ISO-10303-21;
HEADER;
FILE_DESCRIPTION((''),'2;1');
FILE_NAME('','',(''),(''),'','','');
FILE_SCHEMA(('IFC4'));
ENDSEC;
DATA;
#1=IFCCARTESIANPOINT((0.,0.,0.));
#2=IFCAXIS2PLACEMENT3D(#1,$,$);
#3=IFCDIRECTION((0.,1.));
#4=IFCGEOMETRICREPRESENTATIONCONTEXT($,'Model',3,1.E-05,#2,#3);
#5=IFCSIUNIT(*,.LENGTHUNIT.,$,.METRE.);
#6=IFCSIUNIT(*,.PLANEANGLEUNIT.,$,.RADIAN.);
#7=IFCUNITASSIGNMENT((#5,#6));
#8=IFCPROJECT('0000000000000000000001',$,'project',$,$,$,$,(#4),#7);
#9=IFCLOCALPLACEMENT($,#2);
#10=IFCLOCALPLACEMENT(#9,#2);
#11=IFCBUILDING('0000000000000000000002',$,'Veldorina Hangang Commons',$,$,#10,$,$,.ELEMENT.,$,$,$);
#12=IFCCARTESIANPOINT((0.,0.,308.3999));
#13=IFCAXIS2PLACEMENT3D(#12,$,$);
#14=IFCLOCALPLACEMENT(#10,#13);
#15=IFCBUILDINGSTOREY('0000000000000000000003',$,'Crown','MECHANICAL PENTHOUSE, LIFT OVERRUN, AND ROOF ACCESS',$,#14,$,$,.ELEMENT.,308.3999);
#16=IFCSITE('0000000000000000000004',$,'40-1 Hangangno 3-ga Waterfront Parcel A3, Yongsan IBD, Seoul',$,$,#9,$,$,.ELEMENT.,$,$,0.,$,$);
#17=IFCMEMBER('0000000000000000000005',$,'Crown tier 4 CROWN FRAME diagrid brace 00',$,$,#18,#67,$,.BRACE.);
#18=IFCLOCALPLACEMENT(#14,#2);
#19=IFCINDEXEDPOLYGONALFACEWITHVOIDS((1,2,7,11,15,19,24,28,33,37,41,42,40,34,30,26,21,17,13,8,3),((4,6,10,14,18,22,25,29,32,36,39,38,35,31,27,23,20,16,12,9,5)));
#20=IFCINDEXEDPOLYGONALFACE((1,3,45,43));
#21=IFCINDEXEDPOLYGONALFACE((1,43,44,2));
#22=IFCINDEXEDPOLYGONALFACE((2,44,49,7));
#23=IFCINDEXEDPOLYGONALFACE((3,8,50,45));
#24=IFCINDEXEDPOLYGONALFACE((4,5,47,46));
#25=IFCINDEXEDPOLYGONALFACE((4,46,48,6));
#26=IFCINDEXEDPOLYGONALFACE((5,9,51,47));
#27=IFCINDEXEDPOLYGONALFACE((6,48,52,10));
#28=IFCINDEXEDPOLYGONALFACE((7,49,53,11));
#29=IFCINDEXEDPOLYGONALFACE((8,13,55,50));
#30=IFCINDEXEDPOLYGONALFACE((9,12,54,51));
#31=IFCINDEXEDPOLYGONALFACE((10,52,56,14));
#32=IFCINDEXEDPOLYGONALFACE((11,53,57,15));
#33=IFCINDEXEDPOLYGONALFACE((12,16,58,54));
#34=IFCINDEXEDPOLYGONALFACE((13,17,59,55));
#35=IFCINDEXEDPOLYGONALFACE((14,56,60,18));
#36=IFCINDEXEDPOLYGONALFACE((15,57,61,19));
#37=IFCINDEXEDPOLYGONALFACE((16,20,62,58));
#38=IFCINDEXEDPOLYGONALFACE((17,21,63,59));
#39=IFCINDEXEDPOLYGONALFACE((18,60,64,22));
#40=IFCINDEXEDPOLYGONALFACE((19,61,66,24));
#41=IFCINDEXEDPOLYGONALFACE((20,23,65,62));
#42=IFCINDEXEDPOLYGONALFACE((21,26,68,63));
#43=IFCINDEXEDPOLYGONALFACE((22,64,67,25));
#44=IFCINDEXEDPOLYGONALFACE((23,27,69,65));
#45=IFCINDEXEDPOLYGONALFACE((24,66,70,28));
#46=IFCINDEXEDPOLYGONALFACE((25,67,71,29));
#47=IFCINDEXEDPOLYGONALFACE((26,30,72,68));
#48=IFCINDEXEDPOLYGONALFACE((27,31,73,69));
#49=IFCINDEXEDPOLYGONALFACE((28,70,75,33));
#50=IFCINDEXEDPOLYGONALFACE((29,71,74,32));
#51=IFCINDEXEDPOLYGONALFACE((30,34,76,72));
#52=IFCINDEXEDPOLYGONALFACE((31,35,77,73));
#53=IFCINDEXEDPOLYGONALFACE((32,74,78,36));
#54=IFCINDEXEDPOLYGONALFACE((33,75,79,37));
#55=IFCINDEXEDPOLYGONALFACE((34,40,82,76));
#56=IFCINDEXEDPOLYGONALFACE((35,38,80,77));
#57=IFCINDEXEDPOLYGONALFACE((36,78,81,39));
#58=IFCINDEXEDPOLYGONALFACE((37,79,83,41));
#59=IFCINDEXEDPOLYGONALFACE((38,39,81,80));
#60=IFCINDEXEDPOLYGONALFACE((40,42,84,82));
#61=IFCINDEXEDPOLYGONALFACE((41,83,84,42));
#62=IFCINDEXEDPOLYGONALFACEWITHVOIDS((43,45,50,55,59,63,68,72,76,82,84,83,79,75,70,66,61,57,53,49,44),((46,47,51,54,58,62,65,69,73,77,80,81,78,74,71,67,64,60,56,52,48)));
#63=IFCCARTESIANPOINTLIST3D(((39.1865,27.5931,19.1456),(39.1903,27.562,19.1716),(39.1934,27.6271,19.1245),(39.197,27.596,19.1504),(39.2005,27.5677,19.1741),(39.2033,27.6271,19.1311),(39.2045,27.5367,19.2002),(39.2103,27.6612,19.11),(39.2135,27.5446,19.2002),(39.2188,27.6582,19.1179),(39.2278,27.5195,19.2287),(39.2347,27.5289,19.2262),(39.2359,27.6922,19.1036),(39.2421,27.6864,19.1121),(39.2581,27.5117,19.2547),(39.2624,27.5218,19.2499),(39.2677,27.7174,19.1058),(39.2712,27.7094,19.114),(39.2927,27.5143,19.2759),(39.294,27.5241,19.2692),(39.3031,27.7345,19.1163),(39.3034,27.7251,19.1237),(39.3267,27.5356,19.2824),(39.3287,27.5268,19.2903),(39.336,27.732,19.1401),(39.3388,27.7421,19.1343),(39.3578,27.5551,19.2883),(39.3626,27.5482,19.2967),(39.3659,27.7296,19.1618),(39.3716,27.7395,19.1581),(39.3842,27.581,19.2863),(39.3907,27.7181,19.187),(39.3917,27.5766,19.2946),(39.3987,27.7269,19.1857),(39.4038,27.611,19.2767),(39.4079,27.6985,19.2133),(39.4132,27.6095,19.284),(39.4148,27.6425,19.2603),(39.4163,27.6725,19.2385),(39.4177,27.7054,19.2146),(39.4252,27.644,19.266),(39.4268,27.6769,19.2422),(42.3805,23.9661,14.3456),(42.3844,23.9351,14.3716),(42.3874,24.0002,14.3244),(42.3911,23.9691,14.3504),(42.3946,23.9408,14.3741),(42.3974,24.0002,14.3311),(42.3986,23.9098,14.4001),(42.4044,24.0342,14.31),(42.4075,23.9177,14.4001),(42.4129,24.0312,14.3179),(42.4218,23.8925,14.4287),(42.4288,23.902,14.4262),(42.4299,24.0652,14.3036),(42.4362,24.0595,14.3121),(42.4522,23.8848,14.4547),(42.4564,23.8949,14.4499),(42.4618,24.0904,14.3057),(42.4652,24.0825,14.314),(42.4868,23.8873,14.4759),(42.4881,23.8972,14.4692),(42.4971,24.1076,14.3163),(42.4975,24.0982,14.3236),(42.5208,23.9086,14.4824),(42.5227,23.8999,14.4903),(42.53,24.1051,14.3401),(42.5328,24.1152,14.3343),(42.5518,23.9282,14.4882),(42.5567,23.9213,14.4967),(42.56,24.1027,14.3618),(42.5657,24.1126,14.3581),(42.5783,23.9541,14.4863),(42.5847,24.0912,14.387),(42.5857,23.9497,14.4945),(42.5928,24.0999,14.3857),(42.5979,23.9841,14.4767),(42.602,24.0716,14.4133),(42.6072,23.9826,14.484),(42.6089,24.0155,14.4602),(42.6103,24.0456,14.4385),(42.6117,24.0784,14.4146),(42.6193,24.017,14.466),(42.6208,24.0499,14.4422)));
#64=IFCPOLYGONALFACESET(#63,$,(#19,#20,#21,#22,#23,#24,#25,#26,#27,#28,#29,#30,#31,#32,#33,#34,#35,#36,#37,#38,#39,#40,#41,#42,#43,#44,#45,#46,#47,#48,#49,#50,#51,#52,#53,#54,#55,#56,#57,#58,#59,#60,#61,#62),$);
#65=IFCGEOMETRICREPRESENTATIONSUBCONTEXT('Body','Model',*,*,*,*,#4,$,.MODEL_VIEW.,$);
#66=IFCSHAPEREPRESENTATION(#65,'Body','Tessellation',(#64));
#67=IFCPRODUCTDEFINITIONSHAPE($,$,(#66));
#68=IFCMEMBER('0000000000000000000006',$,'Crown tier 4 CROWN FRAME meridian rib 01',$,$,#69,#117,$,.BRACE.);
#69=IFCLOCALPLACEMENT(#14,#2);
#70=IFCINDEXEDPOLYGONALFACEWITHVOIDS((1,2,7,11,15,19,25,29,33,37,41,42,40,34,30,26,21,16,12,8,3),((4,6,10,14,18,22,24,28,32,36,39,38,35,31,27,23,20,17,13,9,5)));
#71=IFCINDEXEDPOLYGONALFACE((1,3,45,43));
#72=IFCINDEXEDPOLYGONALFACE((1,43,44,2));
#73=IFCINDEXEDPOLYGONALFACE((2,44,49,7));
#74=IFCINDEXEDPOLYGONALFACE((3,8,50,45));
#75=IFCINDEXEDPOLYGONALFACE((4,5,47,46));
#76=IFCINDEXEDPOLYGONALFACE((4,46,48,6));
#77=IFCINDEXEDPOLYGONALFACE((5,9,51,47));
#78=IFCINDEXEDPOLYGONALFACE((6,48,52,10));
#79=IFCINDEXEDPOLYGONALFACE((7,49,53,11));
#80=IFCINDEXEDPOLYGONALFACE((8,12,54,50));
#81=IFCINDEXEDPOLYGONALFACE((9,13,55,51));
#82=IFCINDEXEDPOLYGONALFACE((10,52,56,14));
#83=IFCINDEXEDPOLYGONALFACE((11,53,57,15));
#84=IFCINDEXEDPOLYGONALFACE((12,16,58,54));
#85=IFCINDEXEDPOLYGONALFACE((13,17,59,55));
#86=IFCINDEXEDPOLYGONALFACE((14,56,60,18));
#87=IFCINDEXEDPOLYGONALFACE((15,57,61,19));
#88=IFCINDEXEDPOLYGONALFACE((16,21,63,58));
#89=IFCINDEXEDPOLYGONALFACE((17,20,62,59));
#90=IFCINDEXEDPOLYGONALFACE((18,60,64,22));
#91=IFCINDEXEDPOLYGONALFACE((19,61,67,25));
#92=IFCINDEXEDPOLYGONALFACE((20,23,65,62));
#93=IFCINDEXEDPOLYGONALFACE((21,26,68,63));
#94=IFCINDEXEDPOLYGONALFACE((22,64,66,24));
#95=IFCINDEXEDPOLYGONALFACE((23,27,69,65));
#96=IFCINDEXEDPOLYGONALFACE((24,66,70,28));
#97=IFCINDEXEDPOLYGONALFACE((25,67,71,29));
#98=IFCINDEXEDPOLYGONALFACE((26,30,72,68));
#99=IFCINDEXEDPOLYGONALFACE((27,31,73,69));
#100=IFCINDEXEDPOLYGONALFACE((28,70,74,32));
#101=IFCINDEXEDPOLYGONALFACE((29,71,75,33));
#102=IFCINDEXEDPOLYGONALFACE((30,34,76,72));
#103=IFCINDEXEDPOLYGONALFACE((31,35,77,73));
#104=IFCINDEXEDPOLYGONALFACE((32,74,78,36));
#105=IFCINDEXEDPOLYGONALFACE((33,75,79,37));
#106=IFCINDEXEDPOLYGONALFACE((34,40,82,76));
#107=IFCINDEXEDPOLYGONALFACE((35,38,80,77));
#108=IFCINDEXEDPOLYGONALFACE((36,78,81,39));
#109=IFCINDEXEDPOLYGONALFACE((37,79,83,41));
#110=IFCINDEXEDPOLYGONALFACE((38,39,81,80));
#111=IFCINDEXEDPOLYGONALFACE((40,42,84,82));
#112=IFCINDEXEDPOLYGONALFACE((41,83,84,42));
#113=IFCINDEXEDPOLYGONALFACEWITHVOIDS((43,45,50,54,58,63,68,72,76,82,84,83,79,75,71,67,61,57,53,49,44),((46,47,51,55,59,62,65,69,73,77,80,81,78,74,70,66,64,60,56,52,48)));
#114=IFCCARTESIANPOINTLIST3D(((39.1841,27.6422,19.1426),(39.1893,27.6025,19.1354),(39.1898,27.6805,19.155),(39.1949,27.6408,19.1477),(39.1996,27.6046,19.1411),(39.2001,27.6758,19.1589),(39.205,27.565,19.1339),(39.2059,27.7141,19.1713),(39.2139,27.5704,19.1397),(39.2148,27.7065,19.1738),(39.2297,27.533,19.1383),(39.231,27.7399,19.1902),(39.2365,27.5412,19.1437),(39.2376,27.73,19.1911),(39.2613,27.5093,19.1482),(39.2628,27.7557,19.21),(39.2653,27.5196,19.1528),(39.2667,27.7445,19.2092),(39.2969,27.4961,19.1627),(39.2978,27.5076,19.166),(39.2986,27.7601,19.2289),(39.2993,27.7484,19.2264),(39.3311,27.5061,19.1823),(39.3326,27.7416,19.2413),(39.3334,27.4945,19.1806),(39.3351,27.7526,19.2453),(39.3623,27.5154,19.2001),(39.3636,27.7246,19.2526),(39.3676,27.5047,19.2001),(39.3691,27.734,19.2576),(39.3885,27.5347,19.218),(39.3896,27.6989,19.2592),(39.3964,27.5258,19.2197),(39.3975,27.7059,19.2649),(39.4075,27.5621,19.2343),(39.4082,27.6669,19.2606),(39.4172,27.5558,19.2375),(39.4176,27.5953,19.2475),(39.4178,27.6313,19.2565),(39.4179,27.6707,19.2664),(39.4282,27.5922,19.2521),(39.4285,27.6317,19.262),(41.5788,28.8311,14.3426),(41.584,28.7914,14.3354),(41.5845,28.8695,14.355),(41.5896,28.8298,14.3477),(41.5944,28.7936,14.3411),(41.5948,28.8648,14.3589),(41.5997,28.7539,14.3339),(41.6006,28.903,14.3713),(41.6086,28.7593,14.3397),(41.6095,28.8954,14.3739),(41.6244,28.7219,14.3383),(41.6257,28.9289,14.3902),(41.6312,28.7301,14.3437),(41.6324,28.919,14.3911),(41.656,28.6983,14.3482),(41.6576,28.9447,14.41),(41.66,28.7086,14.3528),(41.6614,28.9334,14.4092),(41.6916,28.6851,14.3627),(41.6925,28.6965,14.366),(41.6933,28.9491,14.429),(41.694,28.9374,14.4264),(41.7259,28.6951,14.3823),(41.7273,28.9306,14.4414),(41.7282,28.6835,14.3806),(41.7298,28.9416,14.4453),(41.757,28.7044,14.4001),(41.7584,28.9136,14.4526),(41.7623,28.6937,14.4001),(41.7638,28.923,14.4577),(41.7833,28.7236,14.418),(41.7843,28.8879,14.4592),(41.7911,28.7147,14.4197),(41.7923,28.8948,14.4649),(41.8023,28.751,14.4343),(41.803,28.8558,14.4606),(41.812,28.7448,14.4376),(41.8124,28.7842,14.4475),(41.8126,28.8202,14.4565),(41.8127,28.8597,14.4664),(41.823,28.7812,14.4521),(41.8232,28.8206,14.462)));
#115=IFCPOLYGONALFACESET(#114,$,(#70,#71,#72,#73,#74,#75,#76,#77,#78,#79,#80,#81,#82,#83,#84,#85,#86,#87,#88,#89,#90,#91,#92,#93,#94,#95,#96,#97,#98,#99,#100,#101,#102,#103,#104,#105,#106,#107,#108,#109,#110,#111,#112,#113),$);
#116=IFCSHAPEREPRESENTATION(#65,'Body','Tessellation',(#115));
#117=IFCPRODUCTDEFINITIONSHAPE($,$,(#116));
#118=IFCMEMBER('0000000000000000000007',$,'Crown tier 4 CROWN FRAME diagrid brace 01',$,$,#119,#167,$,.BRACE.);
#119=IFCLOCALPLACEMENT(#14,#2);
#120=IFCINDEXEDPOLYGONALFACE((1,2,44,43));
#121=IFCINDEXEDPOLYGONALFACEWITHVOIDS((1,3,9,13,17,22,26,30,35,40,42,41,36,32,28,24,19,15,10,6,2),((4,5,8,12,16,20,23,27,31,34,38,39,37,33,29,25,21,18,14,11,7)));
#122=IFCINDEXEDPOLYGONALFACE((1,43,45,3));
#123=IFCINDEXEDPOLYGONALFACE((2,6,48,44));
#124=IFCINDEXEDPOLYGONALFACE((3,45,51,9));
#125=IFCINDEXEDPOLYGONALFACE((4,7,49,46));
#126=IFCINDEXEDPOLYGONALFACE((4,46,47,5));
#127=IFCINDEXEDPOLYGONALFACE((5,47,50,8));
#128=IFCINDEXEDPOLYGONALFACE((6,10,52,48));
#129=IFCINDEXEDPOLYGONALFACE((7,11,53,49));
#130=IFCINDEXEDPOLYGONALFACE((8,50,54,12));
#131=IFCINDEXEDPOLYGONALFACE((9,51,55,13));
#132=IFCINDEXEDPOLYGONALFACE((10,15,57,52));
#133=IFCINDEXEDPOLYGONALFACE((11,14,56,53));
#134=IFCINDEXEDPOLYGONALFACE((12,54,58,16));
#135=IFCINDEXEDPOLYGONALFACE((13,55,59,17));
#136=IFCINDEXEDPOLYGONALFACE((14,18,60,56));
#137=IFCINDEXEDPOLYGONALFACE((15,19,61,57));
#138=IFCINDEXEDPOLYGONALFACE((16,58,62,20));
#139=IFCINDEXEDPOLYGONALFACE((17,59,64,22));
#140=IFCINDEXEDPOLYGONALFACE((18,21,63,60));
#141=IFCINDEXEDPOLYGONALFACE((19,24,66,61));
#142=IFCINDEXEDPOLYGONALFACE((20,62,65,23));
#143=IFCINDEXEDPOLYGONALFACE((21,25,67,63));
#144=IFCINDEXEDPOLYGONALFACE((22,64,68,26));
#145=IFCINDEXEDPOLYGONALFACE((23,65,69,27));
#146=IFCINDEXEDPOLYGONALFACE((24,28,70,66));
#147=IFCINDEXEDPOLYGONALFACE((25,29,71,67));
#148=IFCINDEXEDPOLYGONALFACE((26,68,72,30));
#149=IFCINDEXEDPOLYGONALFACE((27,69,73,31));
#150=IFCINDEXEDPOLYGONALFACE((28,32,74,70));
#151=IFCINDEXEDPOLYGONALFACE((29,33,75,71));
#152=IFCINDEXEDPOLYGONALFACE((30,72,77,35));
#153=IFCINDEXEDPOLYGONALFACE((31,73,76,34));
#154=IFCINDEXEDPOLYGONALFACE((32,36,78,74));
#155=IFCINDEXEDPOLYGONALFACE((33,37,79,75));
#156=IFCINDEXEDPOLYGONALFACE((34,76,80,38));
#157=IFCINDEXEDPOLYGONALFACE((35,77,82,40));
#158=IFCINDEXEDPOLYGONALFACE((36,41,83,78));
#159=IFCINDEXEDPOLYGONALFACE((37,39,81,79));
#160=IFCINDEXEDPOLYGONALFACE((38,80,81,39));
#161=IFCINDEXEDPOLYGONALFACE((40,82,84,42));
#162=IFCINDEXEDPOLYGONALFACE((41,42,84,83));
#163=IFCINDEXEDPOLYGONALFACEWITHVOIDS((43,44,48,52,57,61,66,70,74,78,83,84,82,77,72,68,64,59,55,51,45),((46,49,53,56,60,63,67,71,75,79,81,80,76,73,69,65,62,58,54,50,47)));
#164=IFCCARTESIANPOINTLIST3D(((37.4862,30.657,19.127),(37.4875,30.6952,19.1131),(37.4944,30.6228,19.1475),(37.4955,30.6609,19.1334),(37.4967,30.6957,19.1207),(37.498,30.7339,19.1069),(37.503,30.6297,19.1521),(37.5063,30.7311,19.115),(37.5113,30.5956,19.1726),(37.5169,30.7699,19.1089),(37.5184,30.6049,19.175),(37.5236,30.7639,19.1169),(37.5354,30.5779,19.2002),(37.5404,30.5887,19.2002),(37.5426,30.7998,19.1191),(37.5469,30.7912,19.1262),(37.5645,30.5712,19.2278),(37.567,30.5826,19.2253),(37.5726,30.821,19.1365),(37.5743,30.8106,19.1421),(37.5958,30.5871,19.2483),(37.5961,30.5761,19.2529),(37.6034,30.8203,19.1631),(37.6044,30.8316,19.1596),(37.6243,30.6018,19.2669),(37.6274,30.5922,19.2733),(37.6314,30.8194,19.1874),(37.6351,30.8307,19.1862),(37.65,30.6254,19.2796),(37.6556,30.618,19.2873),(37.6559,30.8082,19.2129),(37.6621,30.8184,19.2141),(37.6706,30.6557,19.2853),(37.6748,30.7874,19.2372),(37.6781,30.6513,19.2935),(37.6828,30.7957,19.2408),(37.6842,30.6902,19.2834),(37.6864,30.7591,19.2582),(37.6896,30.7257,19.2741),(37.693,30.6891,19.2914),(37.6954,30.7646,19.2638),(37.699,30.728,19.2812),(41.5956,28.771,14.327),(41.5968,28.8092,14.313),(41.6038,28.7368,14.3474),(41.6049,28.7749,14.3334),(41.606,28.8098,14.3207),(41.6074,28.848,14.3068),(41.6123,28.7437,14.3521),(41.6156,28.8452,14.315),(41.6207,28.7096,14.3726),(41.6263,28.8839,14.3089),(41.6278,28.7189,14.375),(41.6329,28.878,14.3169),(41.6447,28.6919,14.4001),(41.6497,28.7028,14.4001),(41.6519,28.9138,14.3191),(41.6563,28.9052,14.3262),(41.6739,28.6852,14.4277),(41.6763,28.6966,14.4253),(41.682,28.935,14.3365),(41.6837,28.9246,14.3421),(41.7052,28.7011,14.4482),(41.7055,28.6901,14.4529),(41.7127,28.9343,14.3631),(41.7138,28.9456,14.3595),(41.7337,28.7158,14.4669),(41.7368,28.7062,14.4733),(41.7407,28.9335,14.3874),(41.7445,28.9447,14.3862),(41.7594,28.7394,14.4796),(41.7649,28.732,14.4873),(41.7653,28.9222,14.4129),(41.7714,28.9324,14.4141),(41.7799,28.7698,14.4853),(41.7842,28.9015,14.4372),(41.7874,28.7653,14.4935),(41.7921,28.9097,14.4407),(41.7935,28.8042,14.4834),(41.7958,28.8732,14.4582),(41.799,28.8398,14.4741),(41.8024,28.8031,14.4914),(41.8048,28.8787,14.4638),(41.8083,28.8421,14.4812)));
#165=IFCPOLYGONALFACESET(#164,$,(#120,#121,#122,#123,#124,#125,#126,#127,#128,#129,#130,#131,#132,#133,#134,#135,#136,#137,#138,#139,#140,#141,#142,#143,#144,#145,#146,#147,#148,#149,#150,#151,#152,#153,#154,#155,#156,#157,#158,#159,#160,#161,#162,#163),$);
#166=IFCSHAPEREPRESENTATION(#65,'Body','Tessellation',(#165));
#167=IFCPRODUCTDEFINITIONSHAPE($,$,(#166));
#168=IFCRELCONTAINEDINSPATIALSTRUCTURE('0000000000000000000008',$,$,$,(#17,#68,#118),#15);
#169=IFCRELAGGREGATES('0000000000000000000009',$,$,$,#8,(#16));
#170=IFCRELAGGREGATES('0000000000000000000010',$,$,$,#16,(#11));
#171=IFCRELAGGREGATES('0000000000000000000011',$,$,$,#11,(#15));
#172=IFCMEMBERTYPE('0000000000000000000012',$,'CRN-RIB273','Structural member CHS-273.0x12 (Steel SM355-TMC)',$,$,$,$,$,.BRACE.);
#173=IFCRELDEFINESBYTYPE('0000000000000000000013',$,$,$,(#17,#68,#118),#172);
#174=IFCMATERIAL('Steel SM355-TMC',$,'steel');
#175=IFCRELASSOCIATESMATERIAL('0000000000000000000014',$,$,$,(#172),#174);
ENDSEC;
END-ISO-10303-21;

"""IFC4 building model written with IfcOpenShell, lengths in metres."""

from ifc_helpers import new_model, si_unit, direction, frame, origin, origin_2d, place, context, subcontext, project, spatial, hollow_circle, extrude, material, material_profile, profile_set, type_object, element, save


model = new_model("IFC4")

# Units and contexts
model_context = context("Model", 3, precision=1e-05, world=origin(), true_north=direction((0.0, 1.0)))
body_context = subcontext(model_context, "Body", "Model", "MODEL_VIEW")
ifc_project = project(units=[si_unit("LENGTHUNIT", "METRE"), si_unit("PLANEANGLEUNIT", "RADIAN")], contexts=[model_context])

# Site, building, storey
site_placement = place(None, origin())
site = spatial("IfcSite", under=ifc_project, at=site_placement, Name="40-1 Hangangno 3-ga Waterfront Parcel A3, Yongsan IBD, Seoul", CompositionType="ELEMENT", RefElevation=0.0)
building_placement = place(site_placement, origin())
building = spatial("IfcBuilding", under=site, at=building_placement, Name="Veldorina Hangang Commons", CompositionType="ELEMENT")
storey_placement = place(building_placement, frame((0.0, 0.0, 308.3999)))
storey = spatial("IfcBuildingStorey", under=building, at=storey_placement, Name="Crown", Description="MECHANICAL PENTHOUSE, LIFT OVERRUN, AND ROOF ACCESS", CompositionType="ELEMENT", Elevation=308.3999)

# Members
ifc_material_1 = material(Name="Steel SM355-TMC", Category="steel")
ifc_material_profile_1 = material_profile(ifc_material_1, hollow_circle(Radius=0.1365, WallThickness=0.012, at=origin_2d()), Name="CHS-273.0x12")
ifc_profile_set_1 = profile_set([ifc_material_profile_1], Name="Steel SM355-TMC")
member_type_1 = type_object("IfcMemberType", Name="CRN-RIB273", Description="Structural member CHS-273.0x12 (Steel SM355-TMC)", PredefinedType="BRACE", material=ifc_profile_set_1)
member_1_placement = place(storey_placement, frame((42.501, 24.0, 14.4001), z_axis=(-0.468922, 0.53247, 0.704691), x_axis=(-0.75047, -0.660905, 0.0)))
element("IfcMember", 1, at=member_1_placement, inside=storey, type_object=member_type_1, Name="Crown tier 4 CROWN FRAME diagrid brace 00", PredefinedType="BRACE", context=body_context, shape_type="SweptSolid", body=[
    extrude(hollow_circle(Radius=0.1365, WallThickness=0.012, at=origin_2d()), origin(), (0.0, 0.0, 1.0), 6.8115),
])
member_2_placement = place(storey_placement, frame((41.7017, 28.8159, 14.4001), z_axis=(-0.435853, -0.216394, 0.873617), x_axis=(0.444692, -0.895684, 0.0)))
element("IfcMember", 2, at=member_2_placement, inside=storey, type_object=member_type_1, Name="Crown tier 4 CROWN FRAME meridian rib 01", PredefinedType="BRACE", context=body_context, shape_type="SweptSolid", body=[
    extrude(hollow_circle(Radius=0.1365, WallThickness=0.012, at=origin_2d()), origin(), (0.0, 0.0, 1.0), 5.4944),
])
member_3_placement = place(storey_placement, frame((41.7017, 28.8159, 14.4001), z_axis=(-0.623174, 0.286004, 0.727912), x_axis=(-0.417116, -0.908853, 0.0)))
element("IfcMember", 3, at=member_3_placement, inside=storey, type_object=member_type_1, Name="Crown tier 4 CROWN FRAME diagrid brace 01", PredefinedType="BRACE", context=body_context, shape_type="SweptSolid", body=[
    extrude(hollow_circle(Radius=0.1365, WallThickness=0.012, at=origin_2d()), origin(), (0.0, 0.0, 1.0), 6.5942),
])

save(model, "model.ifc")
